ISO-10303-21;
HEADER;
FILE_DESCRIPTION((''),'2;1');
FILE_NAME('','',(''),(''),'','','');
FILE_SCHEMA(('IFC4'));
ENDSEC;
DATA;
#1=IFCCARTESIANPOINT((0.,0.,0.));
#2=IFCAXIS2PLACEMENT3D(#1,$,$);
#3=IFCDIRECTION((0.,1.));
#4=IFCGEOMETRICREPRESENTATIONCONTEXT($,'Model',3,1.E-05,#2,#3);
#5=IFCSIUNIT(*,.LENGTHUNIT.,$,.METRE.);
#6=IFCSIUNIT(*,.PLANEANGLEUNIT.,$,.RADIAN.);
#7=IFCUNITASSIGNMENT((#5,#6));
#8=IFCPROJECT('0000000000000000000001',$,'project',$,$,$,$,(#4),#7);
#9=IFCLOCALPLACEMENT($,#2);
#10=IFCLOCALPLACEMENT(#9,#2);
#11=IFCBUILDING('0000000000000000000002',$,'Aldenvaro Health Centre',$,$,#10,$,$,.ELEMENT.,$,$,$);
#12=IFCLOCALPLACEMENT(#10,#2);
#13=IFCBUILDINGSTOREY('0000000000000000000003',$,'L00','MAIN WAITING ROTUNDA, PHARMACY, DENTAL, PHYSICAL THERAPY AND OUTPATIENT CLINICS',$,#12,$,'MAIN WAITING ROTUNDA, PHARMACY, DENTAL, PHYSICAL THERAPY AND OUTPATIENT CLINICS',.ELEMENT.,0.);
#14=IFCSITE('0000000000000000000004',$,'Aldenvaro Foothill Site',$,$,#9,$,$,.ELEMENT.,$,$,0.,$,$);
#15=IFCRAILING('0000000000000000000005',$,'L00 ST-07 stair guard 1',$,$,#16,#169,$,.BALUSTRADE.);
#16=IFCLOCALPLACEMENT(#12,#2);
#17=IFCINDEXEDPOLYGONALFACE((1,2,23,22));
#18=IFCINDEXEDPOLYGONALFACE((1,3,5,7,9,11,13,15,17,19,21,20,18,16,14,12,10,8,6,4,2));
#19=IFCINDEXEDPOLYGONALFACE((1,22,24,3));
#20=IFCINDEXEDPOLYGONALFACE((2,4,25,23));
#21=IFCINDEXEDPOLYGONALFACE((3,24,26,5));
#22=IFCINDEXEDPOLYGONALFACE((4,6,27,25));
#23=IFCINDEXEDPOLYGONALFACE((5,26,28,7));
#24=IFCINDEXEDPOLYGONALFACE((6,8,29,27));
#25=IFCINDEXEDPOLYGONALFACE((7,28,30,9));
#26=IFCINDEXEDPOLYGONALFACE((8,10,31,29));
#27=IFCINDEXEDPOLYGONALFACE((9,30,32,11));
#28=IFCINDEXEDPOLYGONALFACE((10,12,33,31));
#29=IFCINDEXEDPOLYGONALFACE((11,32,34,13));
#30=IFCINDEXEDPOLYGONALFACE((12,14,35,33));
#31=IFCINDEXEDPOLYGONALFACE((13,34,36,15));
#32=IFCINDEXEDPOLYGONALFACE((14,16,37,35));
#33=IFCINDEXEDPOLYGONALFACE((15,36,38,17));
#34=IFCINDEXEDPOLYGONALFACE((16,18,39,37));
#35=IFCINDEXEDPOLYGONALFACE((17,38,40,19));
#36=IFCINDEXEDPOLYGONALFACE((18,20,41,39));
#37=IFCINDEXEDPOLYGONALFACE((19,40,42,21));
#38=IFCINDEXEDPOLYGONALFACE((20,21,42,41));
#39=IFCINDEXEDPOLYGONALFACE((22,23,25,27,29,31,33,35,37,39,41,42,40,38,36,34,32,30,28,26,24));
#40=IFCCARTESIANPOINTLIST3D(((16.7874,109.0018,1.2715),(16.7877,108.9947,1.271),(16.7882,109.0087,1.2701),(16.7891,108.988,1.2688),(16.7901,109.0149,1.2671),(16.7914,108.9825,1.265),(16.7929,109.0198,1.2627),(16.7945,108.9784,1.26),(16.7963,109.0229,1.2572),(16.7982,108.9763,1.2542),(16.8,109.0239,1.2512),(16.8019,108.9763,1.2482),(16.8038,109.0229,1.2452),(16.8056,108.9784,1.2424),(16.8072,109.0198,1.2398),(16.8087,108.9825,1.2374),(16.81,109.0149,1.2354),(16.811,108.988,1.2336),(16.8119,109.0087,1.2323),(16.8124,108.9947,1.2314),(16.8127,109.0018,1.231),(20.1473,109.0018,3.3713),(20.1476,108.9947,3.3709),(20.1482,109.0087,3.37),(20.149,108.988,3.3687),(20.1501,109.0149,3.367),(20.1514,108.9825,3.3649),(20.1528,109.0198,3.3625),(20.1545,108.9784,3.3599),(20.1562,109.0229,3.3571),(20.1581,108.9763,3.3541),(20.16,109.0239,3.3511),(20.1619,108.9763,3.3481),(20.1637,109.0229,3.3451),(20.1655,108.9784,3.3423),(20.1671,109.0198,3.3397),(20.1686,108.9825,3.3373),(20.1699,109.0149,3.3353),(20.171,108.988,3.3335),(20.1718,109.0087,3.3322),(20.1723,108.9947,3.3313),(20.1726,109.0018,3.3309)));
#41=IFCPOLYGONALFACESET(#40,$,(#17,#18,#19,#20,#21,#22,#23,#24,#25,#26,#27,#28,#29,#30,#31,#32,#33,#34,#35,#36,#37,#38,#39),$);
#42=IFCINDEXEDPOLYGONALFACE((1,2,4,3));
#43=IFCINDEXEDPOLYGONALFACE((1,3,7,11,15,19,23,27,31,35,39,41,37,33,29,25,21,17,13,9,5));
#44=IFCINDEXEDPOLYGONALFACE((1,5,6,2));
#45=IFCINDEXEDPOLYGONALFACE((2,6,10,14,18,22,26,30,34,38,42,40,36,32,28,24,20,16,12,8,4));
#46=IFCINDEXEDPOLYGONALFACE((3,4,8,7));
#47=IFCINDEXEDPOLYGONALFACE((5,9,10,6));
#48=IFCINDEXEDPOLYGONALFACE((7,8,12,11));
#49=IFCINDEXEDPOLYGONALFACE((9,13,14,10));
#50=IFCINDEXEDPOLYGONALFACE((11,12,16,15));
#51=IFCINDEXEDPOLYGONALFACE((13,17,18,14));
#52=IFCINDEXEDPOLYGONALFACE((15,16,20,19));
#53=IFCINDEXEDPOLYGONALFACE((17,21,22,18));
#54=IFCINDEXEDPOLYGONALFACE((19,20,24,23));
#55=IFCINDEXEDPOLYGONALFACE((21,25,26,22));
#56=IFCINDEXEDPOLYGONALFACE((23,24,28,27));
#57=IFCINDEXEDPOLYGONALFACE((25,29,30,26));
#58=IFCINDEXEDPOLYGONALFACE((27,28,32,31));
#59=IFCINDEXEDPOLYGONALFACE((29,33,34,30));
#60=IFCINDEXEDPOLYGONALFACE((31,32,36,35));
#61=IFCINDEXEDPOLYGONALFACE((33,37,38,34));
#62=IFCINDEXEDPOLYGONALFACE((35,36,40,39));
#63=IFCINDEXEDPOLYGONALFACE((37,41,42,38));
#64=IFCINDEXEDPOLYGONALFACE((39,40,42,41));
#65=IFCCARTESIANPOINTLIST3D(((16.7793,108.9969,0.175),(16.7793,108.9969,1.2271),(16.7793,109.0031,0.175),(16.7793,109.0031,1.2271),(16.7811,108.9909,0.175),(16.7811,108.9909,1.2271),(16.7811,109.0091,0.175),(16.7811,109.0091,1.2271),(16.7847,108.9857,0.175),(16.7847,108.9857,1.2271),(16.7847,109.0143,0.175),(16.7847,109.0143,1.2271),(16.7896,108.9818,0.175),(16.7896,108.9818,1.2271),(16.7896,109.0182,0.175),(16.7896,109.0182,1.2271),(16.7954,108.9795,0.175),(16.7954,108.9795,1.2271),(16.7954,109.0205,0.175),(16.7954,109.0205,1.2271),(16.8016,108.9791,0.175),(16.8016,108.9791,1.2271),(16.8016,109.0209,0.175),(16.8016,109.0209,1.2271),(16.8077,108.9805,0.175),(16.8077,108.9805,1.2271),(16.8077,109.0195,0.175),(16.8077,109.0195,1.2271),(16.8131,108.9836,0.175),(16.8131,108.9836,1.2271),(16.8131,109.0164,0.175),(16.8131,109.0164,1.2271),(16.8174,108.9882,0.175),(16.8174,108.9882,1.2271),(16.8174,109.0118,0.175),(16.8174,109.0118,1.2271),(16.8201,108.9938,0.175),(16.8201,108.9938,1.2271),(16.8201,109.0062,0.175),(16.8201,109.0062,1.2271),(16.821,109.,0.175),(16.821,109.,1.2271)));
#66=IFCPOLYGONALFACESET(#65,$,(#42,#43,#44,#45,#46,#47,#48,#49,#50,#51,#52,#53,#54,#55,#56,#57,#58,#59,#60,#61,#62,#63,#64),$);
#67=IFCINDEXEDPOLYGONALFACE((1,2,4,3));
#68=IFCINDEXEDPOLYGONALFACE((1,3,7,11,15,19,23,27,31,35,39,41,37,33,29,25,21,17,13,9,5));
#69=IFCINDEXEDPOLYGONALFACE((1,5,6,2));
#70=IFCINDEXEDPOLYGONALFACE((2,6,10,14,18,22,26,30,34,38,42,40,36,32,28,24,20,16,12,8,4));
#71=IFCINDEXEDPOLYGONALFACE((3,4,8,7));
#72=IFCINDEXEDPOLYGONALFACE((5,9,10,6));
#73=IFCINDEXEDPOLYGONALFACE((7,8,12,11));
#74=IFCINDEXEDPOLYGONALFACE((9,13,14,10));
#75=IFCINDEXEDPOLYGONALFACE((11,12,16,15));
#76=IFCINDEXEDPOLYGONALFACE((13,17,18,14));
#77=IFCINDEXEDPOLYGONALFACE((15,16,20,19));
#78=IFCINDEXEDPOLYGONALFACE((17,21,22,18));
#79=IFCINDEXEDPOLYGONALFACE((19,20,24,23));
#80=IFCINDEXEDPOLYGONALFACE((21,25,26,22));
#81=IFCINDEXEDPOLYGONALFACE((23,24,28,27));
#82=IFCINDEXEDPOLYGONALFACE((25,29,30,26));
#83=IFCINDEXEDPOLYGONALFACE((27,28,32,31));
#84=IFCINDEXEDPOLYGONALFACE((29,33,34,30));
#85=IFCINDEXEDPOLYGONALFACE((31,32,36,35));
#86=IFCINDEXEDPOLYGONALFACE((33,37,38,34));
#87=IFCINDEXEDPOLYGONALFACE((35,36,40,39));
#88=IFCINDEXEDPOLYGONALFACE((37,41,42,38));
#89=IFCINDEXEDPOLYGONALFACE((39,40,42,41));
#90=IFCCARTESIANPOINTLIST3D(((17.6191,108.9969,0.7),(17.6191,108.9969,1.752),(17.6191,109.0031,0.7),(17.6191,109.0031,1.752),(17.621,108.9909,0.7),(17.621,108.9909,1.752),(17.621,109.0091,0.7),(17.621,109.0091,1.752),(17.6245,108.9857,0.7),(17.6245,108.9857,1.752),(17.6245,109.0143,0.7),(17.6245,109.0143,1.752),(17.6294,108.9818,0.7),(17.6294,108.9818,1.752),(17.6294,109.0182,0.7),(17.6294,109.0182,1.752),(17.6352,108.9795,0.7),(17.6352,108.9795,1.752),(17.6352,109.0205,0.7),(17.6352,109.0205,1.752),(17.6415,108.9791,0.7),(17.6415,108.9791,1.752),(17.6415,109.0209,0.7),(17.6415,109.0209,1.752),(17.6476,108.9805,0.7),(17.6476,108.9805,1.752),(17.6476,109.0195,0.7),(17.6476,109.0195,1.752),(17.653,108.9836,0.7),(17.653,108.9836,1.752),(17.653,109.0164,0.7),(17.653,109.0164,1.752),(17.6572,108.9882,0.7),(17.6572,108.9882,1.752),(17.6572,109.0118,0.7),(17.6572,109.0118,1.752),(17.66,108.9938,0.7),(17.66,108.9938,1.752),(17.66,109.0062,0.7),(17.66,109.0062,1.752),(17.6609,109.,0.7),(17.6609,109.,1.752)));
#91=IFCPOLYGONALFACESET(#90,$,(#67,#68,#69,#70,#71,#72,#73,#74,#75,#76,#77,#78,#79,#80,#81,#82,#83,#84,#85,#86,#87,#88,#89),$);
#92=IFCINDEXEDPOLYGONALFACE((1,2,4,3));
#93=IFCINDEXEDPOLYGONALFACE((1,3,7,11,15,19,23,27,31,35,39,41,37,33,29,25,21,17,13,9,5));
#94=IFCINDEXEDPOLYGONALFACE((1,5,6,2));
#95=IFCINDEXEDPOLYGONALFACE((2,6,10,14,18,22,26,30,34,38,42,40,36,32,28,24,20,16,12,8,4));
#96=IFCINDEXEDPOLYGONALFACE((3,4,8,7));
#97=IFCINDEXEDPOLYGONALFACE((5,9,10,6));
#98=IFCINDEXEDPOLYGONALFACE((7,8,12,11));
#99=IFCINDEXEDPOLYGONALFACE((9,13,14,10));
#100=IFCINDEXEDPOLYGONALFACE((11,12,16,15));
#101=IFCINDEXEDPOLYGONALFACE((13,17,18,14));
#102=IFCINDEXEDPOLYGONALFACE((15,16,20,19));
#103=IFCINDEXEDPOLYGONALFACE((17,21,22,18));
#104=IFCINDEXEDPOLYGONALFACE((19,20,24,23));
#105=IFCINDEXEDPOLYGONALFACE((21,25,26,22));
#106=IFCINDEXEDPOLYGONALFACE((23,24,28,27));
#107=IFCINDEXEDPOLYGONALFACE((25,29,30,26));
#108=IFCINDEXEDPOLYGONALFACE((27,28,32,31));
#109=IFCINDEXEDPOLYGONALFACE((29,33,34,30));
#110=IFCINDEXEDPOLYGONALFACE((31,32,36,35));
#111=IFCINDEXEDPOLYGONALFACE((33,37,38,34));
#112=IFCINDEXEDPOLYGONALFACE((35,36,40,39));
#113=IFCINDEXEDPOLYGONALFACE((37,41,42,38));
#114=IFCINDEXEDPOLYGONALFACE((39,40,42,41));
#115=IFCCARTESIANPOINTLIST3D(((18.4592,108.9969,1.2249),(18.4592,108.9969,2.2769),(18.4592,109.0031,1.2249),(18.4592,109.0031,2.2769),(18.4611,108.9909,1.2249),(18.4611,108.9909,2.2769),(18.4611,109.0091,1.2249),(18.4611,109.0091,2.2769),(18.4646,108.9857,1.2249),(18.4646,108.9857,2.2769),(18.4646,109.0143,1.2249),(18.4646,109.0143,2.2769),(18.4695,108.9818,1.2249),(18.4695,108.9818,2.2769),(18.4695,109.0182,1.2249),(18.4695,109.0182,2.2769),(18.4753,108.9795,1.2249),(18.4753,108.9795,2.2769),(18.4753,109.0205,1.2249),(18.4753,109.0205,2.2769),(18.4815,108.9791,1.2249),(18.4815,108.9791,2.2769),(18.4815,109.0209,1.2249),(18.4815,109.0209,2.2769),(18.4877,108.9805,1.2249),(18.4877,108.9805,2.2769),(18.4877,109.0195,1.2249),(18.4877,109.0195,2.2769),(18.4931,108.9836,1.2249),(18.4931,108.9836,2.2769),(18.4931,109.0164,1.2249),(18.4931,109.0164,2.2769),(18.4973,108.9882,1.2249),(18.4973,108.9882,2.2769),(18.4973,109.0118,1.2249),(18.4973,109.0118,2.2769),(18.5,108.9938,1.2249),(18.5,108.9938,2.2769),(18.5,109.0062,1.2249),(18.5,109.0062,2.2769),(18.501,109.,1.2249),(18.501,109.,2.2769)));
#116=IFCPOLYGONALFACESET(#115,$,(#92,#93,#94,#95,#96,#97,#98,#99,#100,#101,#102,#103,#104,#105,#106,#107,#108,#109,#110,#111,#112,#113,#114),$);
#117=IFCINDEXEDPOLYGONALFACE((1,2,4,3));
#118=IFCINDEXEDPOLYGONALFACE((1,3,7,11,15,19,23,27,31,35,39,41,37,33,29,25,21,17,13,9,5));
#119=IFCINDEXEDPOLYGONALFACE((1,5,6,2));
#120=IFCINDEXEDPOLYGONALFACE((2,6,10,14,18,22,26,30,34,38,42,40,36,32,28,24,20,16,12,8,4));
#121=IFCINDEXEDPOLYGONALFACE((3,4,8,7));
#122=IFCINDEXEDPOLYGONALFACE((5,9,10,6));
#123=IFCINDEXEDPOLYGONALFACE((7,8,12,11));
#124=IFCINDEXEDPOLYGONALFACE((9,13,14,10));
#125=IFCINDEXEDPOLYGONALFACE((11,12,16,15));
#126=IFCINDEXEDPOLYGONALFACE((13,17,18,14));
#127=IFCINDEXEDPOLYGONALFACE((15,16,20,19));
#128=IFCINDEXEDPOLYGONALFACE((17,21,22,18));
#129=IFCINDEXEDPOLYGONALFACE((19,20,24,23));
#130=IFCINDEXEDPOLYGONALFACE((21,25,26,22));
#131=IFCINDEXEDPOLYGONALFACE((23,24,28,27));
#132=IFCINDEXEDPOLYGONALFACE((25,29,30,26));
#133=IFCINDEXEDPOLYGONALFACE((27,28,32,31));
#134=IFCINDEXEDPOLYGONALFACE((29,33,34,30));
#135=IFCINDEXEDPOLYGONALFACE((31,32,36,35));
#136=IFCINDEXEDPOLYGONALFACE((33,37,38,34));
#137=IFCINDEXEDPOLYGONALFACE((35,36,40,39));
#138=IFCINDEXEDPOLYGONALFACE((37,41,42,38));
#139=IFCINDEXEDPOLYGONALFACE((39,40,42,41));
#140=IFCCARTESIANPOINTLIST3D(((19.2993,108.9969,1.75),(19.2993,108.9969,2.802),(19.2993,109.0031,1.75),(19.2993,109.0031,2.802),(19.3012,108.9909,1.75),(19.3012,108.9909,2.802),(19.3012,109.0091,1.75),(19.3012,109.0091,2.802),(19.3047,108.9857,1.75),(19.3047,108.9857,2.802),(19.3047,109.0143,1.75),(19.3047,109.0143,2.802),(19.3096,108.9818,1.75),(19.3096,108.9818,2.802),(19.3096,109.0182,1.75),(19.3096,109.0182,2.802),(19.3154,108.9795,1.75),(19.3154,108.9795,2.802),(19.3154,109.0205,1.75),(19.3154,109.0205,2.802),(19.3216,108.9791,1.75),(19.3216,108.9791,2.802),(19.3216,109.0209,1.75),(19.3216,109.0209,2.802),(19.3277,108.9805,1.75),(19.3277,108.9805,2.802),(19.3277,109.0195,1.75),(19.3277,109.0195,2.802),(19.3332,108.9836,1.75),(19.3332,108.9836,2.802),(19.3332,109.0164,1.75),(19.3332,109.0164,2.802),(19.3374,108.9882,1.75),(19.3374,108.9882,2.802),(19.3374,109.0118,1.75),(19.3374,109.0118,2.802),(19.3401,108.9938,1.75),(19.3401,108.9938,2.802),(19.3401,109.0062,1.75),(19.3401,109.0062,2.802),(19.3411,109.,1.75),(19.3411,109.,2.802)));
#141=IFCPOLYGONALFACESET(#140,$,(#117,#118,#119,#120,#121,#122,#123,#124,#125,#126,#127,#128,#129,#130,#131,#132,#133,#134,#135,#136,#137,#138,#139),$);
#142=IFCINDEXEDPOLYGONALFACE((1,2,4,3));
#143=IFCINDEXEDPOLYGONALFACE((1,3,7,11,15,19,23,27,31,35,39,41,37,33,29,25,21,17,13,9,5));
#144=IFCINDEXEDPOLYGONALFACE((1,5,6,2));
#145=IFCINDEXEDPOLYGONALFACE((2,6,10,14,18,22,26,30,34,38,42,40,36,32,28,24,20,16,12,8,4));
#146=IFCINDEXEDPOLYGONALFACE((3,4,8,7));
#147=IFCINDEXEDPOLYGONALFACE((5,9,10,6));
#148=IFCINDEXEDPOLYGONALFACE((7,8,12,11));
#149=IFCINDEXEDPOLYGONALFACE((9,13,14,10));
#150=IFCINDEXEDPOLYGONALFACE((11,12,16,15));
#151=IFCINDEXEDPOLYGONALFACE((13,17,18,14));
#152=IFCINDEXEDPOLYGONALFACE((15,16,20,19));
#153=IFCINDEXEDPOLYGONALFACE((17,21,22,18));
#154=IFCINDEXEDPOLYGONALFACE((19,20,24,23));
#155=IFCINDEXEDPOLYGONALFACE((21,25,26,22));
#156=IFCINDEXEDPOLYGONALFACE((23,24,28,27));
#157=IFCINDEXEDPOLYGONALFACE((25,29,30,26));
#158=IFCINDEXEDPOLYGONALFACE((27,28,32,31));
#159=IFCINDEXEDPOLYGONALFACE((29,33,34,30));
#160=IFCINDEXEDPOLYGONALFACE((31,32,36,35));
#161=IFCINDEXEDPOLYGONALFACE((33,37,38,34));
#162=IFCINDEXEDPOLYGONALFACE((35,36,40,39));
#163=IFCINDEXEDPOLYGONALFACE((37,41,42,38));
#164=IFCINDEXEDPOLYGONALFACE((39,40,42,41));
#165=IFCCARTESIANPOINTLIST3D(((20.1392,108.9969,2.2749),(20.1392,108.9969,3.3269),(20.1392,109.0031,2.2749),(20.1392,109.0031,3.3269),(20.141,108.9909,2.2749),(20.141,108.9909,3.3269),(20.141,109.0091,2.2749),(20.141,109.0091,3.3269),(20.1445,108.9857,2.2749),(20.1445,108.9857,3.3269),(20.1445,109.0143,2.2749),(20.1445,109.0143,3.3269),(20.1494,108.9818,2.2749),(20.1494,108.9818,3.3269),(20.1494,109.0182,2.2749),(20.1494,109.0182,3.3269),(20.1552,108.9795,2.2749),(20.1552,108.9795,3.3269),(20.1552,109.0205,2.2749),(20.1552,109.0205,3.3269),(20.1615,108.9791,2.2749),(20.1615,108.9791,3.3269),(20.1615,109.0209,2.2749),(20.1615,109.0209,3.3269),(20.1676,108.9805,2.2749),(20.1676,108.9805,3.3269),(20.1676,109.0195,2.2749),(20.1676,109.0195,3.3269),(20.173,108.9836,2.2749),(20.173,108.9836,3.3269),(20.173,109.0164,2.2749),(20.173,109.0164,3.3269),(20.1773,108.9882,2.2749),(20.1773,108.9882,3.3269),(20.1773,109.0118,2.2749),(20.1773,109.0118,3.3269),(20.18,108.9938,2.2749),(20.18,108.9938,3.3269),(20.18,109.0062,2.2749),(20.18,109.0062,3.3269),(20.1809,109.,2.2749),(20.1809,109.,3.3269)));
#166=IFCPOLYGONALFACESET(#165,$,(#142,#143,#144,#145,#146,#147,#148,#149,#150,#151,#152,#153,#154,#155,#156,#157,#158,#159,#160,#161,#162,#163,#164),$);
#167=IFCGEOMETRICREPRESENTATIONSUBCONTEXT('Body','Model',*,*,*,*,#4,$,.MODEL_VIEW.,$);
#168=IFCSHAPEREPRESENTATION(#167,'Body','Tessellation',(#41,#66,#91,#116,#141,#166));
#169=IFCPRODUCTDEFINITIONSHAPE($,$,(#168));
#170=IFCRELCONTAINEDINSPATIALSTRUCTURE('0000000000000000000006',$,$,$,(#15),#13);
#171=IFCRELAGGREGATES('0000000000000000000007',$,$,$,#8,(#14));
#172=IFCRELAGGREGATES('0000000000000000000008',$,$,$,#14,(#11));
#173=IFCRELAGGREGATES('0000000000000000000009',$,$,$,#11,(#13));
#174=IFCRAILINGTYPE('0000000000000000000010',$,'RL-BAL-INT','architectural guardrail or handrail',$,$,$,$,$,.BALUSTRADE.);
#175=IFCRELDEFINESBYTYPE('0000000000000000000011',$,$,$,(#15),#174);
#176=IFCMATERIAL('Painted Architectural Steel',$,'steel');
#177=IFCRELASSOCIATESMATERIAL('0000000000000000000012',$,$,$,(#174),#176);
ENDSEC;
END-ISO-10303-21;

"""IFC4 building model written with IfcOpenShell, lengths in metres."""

from ifc_helpers import new_model, si_unit, direction, frame, origin, origin_2d, place, context, subcontext, project, spatial, circle, extrude, material, type_object, element, save


model = new_model("IFC4")

# Units and contexts
model_context = context("Model", 3, precision=1e-05, world=origin(), true_north=direction((0.0, 1.0)))
body_context = subcontext(model_context, "Body", "Model", "MODEL_VIEW")
ifc_project = project(units=[si_unit("LENGTHUNIT", "METRE"), si_unit("PLANEANGLEUNIT", "RADIAN")], contexts=[model_context])

# Site, building, storey
site_placement = place(None, origin())
site = spatial("IfcSite", under=ifc_project, at=site_placement, Name="Aldenvaro Foothill Site", CompositionType="ELEMENT", RefElevation=0.0)
building_placement = place(site_placement, origin())
building = spatial("IfcBuilding", under=site, at=building_placement, Name="Aldenvaro Health Centre", CompositionType="ELEMENT")
storey_placement = place(building_placement, origin())
storey = spatial("IfcBuildingStorey", under=building, at=storey_placement, Name="L00", Description="MAIN WAITING ROTUNDA, PHARMACY, DENTAL, PHYSICAL THERAPY AND OUTPATIENT CLINICS", LongName="MAIN WAITING ROTUNDA, PHARMACY, DENTAL, PHYSICAL THERAPY AND OUTPATIENT CLINICS", CompositionType="ELEMENT", Elevation=0.0)

# Railing
ifc_material_1 = material(Name="Painted Architectural Steel", Category="steel")
railing_type_1 = type_object("IfcRailingType", Name="RL-BAL-INT", Description="architectural guardrail or handrail", PredefinedType="BALUSTRADE", material=ifc_material_1)
railing_1_placement = place(storey_placement, frame((16.8, 109.0, 0.175)))
element("IfcRailing", 1, at=railing_1_placement, inside=storey, type_object=railing_type_1, Name="L00 ST-07 stair guard 1", PredefinedType="BALUSTRADE", context=body_context, shape_type="SweptSolid", body=[
    extrude(circle(Radius=0.0239, at=origin_2d()), frame((0.0, 0.0, 1.0762), z_axis=(0.848005, 0.0, 0.529988), x_axis=(0.0, 1.0, 0.0)), (0.0, 0.0, 1.0), 3.9622),
    extrude(circle(Radius=0.021, at=origin_2d()), origin(), (0.0, 0.0, 1.0), 1.052),
    extrude(circle(Radius=0.021, at=origin_2d()), frame((0.8398, 0.0, 0.5249)), (0.0, 0.0, 1.0), 1.052),
    extrude(circle(Radius=0.021, at=origin_2d()), frame((1.6799, 0.0, 1.0498)), (0.0, 0.0, 1.0), 1.052),
    extrude(circle(Radius=0.021, at=origin_2d()), frame((2.52, 0.0, 1.575)), (0.0, 0.0, 1.0), 1.052),
    extrude(circle(Radius=0.021, at=origin_2d()), frame((3.3599, 0.0, 2.0999)), (0.0, 0.0, 1.0), 1.052),
])

save(model, "model.ifc")
